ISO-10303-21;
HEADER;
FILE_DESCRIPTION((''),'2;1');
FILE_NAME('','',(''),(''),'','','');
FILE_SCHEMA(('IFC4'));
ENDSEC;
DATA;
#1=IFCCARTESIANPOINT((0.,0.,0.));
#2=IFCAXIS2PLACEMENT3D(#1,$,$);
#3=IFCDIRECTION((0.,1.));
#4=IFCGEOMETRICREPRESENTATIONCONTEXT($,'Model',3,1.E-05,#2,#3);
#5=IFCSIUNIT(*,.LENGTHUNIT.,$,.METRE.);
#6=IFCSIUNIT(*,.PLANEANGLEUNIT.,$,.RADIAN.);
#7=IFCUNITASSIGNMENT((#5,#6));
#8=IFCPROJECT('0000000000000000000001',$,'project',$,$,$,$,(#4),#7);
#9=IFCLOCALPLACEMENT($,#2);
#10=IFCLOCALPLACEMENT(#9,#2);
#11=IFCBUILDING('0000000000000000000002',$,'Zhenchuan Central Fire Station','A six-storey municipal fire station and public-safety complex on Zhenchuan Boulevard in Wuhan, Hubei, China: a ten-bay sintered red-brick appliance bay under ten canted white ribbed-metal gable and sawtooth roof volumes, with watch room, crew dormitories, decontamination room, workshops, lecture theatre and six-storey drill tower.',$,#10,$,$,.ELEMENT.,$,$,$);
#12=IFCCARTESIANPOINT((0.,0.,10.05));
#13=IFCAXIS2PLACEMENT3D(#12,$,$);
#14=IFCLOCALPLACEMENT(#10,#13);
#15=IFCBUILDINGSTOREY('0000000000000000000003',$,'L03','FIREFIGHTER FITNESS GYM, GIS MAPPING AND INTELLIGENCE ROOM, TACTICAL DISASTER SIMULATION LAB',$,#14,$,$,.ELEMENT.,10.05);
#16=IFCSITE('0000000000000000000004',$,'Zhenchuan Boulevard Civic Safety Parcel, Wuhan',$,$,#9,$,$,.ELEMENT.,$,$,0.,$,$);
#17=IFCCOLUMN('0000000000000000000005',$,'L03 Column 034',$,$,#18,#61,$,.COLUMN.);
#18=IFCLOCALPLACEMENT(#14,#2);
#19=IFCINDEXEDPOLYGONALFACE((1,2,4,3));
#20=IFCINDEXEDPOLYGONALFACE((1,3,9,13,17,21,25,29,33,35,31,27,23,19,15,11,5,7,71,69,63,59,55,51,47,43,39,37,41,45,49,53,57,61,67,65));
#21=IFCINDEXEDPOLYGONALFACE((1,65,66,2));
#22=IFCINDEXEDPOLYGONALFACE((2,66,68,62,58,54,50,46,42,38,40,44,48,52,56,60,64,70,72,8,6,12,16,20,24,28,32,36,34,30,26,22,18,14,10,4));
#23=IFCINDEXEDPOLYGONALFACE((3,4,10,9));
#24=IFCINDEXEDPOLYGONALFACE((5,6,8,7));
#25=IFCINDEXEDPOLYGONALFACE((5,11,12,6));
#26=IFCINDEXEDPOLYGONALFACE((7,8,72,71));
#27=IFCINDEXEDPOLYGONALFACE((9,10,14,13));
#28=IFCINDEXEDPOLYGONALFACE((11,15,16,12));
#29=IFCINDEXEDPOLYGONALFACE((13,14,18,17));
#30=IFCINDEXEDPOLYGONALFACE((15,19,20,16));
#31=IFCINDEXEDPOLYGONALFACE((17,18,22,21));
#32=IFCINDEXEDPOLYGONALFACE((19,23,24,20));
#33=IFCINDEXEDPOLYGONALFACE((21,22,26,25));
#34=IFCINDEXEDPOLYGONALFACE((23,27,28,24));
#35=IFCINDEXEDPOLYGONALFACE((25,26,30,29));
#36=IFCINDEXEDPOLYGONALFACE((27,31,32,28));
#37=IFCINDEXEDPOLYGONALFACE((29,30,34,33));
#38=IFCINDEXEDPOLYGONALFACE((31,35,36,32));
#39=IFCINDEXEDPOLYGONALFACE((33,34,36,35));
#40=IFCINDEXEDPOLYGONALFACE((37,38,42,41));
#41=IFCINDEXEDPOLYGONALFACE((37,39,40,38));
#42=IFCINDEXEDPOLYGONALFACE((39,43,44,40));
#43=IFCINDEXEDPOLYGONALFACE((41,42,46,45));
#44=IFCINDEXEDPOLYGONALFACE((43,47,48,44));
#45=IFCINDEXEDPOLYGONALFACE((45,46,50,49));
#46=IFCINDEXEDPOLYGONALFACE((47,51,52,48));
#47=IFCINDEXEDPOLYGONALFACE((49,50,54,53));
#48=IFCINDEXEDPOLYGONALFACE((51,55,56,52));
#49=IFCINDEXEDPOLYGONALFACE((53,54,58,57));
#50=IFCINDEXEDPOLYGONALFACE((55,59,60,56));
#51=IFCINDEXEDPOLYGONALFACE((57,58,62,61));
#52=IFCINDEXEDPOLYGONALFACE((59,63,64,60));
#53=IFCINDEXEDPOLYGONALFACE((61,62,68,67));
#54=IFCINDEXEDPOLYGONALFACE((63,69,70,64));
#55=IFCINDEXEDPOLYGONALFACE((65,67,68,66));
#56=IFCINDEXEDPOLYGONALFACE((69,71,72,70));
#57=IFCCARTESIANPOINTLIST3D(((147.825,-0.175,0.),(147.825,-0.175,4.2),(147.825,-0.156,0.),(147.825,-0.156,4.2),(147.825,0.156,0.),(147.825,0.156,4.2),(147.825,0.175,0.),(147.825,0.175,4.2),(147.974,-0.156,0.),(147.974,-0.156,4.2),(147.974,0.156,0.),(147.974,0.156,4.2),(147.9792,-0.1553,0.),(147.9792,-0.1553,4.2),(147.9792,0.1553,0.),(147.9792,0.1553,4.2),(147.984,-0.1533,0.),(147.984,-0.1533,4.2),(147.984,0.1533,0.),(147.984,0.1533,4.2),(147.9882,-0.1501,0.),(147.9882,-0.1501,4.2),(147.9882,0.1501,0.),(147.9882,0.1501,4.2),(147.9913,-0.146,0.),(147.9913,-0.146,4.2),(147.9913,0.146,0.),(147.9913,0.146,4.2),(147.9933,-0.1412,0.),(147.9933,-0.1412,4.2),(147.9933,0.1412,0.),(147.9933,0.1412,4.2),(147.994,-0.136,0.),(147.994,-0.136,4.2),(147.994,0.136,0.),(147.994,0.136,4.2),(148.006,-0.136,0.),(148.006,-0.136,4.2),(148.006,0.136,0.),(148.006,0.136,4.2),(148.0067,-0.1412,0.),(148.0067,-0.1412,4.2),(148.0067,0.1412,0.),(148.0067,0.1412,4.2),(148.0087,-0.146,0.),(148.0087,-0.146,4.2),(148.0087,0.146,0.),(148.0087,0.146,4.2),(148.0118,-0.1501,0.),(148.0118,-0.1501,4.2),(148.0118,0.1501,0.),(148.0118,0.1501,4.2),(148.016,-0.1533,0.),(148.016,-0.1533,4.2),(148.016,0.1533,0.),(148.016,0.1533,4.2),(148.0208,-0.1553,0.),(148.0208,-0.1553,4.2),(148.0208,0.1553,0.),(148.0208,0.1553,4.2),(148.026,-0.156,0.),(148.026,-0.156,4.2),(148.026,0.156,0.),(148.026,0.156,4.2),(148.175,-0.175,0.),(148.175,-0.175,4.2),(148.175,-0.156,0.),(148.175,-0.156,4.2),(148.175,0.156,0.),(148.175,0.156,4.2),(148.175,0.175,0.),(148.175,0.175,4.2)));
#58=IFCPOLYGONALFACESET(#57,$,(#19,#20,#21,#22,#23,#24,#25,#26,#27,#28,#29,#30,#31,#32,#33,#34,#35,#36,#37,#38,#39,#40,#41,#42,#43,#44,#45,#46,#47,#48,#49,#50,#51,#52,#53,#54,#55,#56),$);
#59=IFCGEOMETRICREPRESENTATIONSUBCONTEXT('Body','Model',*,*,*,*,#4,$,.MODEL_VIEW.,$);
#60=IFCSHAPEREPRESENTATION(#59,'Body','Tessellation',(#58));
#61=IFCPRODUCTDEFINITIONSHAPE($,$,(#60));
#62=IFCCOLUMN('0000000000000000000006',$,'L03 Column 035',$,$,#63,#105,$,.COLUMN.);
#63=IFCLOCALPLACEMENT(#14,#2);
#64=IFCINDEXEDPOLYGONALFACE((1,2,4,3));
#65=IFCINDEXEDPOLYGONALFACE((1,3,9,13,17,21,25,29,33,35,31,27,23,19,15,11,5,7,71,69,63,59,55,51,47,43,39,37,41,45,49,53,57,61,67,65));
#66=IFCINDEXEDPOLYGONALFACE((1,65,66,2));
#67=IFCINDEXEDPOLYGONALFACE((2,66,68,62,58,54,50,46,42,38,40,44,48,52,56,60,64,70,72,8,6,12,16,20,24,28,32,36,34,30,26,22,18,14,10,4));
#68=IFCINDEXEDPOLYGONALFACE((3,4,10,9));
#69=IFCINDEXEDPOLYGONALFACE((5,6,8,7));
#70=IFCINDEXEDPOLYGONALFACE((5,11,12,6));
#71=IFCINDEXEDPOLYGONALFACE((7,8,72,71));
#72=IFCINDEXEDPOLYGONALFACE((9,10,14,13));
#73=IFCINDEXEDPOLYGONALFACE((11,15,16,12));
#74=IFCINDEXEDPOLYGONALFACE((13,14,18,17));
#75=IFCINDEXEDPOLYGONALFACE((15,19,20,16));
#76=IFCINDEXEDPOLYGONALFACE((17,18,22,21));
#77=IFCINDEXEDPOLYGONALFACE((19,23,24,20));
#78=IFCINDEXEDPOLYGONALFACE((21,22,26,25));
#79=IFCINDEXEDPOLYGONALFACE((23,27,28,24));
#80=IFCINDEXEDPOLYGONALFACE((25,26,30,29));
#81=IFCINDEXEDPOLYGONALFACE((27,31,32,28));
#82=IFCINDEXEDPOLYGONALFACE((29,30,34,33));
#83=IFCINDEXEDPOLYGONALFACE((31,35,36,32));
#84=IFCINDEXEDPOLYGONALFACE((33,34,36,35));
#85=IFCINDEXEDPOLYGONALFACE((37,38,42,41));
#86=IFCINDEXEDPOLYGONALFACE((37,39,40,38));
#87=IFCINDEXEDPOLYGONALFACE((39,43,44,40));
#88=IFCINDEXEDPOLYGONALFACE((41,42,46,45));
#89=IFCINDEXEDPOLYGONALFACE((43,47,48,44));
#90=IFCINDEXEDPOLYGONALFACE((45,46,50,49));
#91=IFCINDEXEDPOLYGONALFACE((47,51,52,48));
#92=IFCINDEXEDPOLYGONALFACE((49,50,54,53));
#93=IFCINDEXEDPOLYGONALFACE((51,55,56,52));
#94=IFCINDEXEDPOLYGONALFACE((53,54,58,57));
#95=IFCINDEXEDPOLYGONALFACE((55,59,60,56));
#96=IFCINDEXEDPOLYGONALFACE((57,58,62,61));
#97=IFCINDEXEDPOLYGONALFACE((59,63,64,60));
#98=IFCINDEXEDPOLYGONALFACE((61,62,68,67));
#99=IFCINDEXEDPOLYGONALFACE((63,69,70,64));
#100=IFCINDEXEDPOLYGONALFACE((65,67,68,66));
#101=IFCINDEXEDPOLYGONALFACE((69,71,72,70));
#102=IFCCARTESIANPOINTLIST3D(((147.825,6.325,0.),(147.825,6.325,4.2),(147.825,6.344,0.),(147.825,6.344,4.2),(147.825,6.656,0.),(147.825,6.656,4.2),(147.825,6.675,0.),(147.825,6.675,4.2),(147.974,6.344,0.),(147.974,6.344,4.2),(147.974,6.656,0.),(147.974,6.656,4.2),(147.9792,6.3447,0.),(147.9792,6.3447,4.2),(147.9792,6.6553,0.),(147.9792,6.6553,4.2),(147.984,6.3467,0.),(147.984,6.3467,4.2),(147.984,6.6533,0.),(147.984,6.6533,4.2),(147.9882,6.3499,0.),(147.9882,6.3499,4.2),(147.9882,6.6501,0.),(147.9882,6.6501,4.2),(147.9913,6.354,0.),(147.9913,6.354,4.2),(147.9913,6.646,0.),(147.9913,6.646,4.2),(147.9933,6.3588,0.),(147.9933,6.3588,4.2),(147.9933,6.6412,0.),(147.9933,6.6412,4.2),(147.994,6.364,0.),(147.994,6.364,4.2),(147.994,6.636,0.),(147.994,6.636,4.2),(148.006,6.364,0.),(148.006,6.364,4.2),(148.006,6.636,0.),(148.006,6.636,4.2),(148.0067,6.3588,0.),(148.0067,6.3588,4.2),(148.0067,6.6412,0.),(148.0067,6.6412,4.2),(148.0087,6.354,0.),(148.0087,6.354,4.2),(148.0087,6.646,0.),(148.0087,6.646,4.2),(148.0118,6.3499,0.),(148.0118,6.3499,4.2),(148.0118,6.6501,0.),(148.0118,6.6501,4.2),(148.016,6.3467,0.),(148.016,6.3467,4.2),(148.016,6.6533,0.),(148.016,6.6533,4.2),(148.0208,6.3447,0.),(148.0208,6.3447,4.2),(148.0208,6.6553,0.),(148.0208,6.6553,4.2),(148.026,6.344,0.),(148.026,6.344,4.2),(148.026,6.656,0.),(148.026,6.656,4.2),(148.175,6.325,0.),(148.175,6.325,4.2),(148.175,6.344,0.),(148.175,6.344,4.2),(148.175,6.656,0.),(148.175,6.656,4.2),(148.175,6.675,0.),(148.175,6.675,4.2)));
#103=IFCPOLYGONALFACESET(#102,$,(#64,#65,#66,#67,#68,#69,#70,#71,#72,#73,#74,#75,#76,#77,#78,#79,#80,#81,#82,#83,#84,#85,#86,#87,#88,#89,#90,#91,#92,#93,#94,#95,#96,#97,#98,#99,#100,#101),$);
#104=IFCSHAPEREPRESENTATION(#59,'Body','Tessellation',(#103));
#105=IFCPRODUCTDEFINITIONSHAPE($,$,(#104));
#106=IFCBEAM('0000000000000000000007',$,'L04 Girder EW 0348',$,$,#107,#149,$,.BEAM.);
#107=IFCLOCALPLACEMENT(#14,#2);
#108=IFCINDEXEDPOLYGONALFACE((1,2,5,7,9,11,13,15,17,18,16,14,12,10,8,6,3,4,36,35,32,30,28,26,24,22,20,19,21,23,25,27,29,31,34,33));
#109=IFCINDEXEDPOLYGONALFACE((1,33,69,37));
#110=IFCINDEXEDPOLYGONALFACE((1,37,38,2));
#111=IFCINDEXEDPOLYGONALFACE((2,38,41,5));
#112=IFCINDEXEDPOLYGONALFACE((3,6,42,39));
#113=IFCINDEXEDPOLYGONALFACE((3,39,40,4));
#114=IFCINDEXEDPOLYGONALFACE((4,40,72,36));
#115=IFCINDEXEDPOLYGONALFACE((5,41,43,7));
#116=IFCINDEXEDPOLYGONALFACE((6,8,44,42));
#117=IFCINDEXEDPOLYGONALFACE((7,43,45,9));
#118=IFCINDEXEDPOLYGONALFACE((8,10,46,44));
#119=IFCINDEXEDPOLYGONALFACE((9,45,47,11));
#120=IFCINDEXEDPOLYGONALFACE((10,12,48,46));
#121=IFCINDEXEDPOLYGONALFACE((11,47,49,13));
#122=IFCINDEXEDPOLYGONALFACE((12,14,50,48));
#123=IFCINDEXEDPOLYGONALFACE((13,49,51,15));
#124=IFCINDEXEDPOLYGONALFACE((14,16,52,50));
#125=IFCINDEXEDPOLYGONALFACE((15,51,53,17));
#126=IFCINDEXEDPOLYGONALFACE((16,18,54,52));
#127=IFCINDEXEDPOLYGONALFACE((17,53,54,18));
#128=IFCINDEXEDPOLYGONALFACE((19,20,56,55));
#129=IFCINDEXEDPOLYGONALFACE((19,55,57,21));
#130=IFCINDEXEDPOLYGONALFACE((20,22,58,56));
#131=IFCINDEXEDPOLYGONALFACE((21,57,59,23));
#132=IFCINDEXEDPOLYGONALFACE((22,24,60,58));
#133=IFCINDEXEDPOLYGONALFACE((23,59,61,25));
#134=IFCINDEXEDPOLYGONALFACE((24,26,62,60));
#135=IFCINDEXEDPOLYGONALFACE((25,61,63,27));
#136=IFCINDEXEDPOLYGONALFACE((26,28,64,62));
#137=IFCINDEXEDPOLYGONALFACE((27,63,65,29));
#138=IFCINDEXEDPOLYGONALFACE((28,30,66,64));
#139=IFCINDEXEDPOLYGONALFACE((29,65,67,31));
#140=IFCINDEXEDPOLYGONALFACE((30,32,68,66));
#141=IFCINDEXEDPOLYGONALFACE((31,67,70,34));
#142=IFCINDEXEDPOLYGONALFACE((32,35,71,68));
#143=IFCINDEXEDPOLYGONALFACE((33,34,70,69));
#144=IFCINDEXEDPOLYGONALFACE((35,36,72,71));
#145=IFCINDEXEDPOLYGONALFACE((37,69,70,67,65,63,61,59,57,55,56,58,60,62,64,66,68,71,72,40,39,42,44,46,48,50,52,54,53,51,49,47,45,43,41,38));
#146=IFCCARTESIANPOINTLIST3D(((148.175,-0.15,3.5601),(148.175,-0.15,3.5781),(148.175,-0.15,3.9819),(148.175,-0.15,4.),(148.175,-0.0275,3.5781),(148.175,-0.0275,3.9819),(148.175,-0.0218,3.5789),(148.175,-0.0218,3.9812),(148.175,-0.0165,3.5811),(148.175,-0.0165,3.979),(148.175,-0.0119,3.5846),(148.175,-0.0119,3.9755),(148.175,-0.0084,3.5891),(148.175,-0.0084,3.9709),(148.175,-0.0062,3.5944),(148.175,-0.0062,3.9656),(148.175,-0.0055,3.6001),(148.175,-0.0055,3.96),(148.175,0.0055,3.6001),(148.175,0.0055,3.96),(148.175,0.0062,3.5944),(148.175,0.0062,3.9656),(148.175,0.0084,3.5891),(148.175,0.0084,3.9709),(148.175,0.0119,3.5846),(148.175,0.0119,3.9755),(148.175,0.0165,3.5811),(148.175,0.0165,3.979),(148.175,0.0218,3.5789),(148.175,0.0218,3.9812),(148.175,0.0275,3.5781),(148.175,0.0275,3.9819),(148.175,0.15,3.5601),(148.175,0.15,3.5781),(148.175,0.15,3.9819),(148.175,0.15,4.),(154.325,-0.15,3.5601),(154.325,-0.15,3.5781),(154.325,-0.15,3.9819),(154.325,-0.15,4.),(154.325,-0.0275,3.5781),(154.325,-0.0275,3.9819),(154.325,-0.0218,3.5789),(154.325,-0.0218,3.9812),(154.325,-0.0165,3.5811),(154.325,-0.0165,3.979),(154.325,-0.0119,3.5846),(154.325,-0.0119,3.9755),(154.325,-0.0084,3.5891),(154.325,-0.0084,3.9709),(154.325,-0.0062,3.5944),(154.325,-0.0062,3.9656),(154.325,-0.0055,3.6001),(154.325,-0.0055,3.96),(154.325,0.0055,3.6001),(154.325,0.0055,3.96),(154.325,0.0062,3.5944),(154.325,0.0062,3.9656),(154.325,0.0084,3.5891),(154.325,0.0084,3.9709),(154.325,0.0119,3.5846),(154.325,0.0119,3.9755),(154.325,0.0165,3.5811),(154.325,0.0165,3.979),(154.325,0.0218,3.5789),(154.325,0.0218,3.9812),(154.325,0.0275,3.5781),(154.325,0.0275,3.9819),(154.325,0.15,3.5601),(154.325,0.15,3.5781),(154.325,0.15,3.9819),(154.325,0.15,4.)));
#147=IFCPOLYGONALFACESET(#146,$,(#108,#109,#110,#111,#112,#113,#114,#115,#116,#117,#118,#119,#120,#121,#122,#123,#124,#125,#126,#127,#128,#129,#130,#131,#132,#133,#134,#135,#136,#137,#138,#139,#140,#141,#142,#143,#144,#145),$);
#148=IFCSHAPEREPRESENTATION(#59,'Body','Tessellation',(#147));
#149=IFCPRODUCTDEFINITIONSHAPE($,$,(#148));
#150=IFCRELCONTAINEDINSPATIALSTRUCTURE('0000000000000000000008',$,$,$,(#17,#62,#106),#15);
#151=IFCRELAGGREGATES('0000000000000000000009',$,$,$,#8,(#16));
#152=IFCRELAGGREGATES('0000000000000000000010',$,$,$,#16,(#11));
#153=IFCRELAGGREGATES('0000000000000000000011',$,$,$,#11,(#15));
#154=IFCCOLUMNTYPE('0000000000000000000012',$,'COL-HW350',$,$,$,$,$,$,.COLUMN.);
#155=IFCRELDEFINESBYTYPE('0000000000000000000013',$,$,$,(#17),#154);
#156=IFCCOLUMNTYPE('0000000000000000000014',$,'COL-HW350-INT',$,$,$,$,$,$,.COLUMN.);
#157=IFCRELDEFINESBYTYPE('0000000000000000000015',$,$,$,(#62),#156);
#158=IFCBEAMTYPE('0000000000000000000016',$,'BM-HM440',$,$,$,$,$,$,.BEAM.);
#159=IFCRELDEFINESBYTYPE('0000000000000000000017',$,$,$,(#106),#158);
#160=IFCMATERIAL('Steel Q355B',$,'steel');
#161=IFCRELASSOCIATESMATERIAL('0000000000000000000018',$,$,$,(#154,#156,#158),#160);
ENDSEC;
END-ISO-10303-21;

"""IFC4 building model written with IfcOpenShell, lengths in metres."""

from ifc_helpers import new_model, si_unit, direction, frame, origin, origin_2d, place, context, subcontext, project, spatial, i_section, extrude, material, material_profile, profile_set, type_object, element, save


model = new_model("IFC4")

# Units and contexts
model_context = context("Model", 3, precision=1e-05, world=origin(), true_north=direction((0.0, 1.0)))
body_context = subcontext(model_context, "Body", "Model", "MODEL_VIEW")
ifc_project = project(units=[si_unit("LENGTHUNIT", "METRE"), si_unit("PLANEANGLEUNIT", "RADIAN")], contexts=[model_context])

# Site, building, storey
site_placement = place(None, origin())
site = spatial("IfcSite", under=ifc_project, at=site_placement, Name="Zhenchuan Boulevard Civic Safety Parcel, Wuhan", CompositionType="ELEMENT", RefElevation=0.0)
building_placement = place(site_placement, origin())
building = spatial("IfcBuilding", under=site, at=building_placement, Name="Zhenchuan Central Fire Station", Description="A six-storey municipal fire station and public-safety complex on Zhenchuan Boulevard in Wuhan, Hubei, China: a ten-bay sintered red-brick appliance bay under ten canted white ribbed-metal gable and sawtooth roof volumes, with watch room, crew dormitories, decontamination room, workshops, lecture theatre and six-storey drill tower.", CompositionType="ELEMENT")
storey_placement = place(building_placement, frame((0.0, 0.0, 10.05)))
storey = spatial("IfcBuildingStorey", under=building, at=storey_placement, Name="L03", Description="FIREFIGHTER FITNESS GYM, GIS MAPPING AND INTELLIGENCE ROOM, TACTICAL DISASTER SIMULATION LAB", CompositionType="ELEMENT", Elevation=10.05)

# Columns
ifc_material_1 = material(Name="Steel Q355B", Category="steel")
ifc_material_profile_1 = material_profile(ifc_material_1, i_section(OverallWidth=0.3501, OverallDepth=0.3501, WebThickness=0.012, FlangeThickness=0.019, FilletRadius=0.02, at=origin_2d()), Name="HW 350x350")
ifc_profile_set_1 = profile_set([ifc_material_profile_1], Name="Steel Q355B")
column_type_1 = type_object("IfcColumnType", Name="COL-HW350", PredefinedType="COLUMN", material=ifc_profile_set_1)
column_1_placement = place(storey_placement, frame((148.0, 0.0, 0.0), z_axis=(0.0, 0.0, 1.0), x_axis=(1.0, 0.0, 0.0)))
element("IfcColumn", 1, at=column_1_placement, inside=storey, type_object=column_type_1, Name="L03 Column 034", PredefinedType="COLUMN", context=body_context, shape_type="SweptSolid", body=[
    extrude(i_section(OverallWidth=0.3501, OverallDepth=0.3501, WebThickness=0.012, FlangeThickness=0.019, FilletRadius=0.02, at=origin_2d()), origin(), (0.0, 0.0, 1.0), 4.2),
])
ifc_material_profile_2 = material_profile(ifc_material_1, i_section(OverallWidth=0.3501, OverallDepth=0.3501, WebThickness=0.012, FlangeThickness=0.019, FilletRadius=0.02, at=origin_2d()), Name="HW 350x350")
ifc_profile_set_2 = profile_set([ifc_material_profile_2], Name="Steel Q355B")
column_type_2 = type_object("IfcColumnType", Name="COL-HW350-INT", PredefinedType="COLUMN", material=ifc_profile_set_2)
column_2_placement = place(storey_placement, frame((148.0, 6.5, 0.0), z_axis=(0.0, 0.0, 1.0), x_axis=(1.0, 0.0, 0.0)))
element("IfcColumn", 2, at=column_2_placement, inside=storey, type_object=column_type_2, Name="L03 Column 035", PredefinedType="COLUMN", context=body_context, shape_type="SweptSolid", body=[
    extrude(i_section(OverallWidth=0.3501, OverallDepth=0.3501, WebThickness=0.012, FlangeThickness=0.019, FilletRadius=0.02, at=origin_2d()), origin(), (0.0, 0.0, 1.0), 4.2),
])

# Beam
ifc_material_profile_3 = material_profile(ifc_material_1, i_section(OverallWidth=0.3, OverallDepth=0.4399, WebThickness=0.011, FlangeThickness=0.0181, FilletRadius=0.022, at=origin_2d()), Name="HM 440x300")
ifc_profile_set_3 = profile_set([ifc_material_profile_3], Name="Steel Q355B")
beam_type_1 = type_object("IfcBeamType", Name="BM-HM440", PredefinedType="BEAM", material=ifc_profile_set_3)
beam_1_placement = place(storey_placement, frame((148.175, 0.0, 3.78), z_axis=(1.0, 0.0, 0.0), x_axis=(0.0, 1.0, 0.0)))
element("IfcBeam", 3, at=beam_1_placement, inside=storey, type_object=beam_type_1, Name="L04 Girder EW 0348", PredefinedType="BEAM", context=body_context, shape_type="SweptSolid", body=[
    extrude(i_section(OverallWidth=0.3, OverallDepth=0.4399, WebThickness=0.011, FlangeThickness=0.0181, FilletRadius=0.022, at=origin_2d()), origin(), (0.0, 0.0, 1.0), 6.1499),
])

save(model, "model.ifc")
